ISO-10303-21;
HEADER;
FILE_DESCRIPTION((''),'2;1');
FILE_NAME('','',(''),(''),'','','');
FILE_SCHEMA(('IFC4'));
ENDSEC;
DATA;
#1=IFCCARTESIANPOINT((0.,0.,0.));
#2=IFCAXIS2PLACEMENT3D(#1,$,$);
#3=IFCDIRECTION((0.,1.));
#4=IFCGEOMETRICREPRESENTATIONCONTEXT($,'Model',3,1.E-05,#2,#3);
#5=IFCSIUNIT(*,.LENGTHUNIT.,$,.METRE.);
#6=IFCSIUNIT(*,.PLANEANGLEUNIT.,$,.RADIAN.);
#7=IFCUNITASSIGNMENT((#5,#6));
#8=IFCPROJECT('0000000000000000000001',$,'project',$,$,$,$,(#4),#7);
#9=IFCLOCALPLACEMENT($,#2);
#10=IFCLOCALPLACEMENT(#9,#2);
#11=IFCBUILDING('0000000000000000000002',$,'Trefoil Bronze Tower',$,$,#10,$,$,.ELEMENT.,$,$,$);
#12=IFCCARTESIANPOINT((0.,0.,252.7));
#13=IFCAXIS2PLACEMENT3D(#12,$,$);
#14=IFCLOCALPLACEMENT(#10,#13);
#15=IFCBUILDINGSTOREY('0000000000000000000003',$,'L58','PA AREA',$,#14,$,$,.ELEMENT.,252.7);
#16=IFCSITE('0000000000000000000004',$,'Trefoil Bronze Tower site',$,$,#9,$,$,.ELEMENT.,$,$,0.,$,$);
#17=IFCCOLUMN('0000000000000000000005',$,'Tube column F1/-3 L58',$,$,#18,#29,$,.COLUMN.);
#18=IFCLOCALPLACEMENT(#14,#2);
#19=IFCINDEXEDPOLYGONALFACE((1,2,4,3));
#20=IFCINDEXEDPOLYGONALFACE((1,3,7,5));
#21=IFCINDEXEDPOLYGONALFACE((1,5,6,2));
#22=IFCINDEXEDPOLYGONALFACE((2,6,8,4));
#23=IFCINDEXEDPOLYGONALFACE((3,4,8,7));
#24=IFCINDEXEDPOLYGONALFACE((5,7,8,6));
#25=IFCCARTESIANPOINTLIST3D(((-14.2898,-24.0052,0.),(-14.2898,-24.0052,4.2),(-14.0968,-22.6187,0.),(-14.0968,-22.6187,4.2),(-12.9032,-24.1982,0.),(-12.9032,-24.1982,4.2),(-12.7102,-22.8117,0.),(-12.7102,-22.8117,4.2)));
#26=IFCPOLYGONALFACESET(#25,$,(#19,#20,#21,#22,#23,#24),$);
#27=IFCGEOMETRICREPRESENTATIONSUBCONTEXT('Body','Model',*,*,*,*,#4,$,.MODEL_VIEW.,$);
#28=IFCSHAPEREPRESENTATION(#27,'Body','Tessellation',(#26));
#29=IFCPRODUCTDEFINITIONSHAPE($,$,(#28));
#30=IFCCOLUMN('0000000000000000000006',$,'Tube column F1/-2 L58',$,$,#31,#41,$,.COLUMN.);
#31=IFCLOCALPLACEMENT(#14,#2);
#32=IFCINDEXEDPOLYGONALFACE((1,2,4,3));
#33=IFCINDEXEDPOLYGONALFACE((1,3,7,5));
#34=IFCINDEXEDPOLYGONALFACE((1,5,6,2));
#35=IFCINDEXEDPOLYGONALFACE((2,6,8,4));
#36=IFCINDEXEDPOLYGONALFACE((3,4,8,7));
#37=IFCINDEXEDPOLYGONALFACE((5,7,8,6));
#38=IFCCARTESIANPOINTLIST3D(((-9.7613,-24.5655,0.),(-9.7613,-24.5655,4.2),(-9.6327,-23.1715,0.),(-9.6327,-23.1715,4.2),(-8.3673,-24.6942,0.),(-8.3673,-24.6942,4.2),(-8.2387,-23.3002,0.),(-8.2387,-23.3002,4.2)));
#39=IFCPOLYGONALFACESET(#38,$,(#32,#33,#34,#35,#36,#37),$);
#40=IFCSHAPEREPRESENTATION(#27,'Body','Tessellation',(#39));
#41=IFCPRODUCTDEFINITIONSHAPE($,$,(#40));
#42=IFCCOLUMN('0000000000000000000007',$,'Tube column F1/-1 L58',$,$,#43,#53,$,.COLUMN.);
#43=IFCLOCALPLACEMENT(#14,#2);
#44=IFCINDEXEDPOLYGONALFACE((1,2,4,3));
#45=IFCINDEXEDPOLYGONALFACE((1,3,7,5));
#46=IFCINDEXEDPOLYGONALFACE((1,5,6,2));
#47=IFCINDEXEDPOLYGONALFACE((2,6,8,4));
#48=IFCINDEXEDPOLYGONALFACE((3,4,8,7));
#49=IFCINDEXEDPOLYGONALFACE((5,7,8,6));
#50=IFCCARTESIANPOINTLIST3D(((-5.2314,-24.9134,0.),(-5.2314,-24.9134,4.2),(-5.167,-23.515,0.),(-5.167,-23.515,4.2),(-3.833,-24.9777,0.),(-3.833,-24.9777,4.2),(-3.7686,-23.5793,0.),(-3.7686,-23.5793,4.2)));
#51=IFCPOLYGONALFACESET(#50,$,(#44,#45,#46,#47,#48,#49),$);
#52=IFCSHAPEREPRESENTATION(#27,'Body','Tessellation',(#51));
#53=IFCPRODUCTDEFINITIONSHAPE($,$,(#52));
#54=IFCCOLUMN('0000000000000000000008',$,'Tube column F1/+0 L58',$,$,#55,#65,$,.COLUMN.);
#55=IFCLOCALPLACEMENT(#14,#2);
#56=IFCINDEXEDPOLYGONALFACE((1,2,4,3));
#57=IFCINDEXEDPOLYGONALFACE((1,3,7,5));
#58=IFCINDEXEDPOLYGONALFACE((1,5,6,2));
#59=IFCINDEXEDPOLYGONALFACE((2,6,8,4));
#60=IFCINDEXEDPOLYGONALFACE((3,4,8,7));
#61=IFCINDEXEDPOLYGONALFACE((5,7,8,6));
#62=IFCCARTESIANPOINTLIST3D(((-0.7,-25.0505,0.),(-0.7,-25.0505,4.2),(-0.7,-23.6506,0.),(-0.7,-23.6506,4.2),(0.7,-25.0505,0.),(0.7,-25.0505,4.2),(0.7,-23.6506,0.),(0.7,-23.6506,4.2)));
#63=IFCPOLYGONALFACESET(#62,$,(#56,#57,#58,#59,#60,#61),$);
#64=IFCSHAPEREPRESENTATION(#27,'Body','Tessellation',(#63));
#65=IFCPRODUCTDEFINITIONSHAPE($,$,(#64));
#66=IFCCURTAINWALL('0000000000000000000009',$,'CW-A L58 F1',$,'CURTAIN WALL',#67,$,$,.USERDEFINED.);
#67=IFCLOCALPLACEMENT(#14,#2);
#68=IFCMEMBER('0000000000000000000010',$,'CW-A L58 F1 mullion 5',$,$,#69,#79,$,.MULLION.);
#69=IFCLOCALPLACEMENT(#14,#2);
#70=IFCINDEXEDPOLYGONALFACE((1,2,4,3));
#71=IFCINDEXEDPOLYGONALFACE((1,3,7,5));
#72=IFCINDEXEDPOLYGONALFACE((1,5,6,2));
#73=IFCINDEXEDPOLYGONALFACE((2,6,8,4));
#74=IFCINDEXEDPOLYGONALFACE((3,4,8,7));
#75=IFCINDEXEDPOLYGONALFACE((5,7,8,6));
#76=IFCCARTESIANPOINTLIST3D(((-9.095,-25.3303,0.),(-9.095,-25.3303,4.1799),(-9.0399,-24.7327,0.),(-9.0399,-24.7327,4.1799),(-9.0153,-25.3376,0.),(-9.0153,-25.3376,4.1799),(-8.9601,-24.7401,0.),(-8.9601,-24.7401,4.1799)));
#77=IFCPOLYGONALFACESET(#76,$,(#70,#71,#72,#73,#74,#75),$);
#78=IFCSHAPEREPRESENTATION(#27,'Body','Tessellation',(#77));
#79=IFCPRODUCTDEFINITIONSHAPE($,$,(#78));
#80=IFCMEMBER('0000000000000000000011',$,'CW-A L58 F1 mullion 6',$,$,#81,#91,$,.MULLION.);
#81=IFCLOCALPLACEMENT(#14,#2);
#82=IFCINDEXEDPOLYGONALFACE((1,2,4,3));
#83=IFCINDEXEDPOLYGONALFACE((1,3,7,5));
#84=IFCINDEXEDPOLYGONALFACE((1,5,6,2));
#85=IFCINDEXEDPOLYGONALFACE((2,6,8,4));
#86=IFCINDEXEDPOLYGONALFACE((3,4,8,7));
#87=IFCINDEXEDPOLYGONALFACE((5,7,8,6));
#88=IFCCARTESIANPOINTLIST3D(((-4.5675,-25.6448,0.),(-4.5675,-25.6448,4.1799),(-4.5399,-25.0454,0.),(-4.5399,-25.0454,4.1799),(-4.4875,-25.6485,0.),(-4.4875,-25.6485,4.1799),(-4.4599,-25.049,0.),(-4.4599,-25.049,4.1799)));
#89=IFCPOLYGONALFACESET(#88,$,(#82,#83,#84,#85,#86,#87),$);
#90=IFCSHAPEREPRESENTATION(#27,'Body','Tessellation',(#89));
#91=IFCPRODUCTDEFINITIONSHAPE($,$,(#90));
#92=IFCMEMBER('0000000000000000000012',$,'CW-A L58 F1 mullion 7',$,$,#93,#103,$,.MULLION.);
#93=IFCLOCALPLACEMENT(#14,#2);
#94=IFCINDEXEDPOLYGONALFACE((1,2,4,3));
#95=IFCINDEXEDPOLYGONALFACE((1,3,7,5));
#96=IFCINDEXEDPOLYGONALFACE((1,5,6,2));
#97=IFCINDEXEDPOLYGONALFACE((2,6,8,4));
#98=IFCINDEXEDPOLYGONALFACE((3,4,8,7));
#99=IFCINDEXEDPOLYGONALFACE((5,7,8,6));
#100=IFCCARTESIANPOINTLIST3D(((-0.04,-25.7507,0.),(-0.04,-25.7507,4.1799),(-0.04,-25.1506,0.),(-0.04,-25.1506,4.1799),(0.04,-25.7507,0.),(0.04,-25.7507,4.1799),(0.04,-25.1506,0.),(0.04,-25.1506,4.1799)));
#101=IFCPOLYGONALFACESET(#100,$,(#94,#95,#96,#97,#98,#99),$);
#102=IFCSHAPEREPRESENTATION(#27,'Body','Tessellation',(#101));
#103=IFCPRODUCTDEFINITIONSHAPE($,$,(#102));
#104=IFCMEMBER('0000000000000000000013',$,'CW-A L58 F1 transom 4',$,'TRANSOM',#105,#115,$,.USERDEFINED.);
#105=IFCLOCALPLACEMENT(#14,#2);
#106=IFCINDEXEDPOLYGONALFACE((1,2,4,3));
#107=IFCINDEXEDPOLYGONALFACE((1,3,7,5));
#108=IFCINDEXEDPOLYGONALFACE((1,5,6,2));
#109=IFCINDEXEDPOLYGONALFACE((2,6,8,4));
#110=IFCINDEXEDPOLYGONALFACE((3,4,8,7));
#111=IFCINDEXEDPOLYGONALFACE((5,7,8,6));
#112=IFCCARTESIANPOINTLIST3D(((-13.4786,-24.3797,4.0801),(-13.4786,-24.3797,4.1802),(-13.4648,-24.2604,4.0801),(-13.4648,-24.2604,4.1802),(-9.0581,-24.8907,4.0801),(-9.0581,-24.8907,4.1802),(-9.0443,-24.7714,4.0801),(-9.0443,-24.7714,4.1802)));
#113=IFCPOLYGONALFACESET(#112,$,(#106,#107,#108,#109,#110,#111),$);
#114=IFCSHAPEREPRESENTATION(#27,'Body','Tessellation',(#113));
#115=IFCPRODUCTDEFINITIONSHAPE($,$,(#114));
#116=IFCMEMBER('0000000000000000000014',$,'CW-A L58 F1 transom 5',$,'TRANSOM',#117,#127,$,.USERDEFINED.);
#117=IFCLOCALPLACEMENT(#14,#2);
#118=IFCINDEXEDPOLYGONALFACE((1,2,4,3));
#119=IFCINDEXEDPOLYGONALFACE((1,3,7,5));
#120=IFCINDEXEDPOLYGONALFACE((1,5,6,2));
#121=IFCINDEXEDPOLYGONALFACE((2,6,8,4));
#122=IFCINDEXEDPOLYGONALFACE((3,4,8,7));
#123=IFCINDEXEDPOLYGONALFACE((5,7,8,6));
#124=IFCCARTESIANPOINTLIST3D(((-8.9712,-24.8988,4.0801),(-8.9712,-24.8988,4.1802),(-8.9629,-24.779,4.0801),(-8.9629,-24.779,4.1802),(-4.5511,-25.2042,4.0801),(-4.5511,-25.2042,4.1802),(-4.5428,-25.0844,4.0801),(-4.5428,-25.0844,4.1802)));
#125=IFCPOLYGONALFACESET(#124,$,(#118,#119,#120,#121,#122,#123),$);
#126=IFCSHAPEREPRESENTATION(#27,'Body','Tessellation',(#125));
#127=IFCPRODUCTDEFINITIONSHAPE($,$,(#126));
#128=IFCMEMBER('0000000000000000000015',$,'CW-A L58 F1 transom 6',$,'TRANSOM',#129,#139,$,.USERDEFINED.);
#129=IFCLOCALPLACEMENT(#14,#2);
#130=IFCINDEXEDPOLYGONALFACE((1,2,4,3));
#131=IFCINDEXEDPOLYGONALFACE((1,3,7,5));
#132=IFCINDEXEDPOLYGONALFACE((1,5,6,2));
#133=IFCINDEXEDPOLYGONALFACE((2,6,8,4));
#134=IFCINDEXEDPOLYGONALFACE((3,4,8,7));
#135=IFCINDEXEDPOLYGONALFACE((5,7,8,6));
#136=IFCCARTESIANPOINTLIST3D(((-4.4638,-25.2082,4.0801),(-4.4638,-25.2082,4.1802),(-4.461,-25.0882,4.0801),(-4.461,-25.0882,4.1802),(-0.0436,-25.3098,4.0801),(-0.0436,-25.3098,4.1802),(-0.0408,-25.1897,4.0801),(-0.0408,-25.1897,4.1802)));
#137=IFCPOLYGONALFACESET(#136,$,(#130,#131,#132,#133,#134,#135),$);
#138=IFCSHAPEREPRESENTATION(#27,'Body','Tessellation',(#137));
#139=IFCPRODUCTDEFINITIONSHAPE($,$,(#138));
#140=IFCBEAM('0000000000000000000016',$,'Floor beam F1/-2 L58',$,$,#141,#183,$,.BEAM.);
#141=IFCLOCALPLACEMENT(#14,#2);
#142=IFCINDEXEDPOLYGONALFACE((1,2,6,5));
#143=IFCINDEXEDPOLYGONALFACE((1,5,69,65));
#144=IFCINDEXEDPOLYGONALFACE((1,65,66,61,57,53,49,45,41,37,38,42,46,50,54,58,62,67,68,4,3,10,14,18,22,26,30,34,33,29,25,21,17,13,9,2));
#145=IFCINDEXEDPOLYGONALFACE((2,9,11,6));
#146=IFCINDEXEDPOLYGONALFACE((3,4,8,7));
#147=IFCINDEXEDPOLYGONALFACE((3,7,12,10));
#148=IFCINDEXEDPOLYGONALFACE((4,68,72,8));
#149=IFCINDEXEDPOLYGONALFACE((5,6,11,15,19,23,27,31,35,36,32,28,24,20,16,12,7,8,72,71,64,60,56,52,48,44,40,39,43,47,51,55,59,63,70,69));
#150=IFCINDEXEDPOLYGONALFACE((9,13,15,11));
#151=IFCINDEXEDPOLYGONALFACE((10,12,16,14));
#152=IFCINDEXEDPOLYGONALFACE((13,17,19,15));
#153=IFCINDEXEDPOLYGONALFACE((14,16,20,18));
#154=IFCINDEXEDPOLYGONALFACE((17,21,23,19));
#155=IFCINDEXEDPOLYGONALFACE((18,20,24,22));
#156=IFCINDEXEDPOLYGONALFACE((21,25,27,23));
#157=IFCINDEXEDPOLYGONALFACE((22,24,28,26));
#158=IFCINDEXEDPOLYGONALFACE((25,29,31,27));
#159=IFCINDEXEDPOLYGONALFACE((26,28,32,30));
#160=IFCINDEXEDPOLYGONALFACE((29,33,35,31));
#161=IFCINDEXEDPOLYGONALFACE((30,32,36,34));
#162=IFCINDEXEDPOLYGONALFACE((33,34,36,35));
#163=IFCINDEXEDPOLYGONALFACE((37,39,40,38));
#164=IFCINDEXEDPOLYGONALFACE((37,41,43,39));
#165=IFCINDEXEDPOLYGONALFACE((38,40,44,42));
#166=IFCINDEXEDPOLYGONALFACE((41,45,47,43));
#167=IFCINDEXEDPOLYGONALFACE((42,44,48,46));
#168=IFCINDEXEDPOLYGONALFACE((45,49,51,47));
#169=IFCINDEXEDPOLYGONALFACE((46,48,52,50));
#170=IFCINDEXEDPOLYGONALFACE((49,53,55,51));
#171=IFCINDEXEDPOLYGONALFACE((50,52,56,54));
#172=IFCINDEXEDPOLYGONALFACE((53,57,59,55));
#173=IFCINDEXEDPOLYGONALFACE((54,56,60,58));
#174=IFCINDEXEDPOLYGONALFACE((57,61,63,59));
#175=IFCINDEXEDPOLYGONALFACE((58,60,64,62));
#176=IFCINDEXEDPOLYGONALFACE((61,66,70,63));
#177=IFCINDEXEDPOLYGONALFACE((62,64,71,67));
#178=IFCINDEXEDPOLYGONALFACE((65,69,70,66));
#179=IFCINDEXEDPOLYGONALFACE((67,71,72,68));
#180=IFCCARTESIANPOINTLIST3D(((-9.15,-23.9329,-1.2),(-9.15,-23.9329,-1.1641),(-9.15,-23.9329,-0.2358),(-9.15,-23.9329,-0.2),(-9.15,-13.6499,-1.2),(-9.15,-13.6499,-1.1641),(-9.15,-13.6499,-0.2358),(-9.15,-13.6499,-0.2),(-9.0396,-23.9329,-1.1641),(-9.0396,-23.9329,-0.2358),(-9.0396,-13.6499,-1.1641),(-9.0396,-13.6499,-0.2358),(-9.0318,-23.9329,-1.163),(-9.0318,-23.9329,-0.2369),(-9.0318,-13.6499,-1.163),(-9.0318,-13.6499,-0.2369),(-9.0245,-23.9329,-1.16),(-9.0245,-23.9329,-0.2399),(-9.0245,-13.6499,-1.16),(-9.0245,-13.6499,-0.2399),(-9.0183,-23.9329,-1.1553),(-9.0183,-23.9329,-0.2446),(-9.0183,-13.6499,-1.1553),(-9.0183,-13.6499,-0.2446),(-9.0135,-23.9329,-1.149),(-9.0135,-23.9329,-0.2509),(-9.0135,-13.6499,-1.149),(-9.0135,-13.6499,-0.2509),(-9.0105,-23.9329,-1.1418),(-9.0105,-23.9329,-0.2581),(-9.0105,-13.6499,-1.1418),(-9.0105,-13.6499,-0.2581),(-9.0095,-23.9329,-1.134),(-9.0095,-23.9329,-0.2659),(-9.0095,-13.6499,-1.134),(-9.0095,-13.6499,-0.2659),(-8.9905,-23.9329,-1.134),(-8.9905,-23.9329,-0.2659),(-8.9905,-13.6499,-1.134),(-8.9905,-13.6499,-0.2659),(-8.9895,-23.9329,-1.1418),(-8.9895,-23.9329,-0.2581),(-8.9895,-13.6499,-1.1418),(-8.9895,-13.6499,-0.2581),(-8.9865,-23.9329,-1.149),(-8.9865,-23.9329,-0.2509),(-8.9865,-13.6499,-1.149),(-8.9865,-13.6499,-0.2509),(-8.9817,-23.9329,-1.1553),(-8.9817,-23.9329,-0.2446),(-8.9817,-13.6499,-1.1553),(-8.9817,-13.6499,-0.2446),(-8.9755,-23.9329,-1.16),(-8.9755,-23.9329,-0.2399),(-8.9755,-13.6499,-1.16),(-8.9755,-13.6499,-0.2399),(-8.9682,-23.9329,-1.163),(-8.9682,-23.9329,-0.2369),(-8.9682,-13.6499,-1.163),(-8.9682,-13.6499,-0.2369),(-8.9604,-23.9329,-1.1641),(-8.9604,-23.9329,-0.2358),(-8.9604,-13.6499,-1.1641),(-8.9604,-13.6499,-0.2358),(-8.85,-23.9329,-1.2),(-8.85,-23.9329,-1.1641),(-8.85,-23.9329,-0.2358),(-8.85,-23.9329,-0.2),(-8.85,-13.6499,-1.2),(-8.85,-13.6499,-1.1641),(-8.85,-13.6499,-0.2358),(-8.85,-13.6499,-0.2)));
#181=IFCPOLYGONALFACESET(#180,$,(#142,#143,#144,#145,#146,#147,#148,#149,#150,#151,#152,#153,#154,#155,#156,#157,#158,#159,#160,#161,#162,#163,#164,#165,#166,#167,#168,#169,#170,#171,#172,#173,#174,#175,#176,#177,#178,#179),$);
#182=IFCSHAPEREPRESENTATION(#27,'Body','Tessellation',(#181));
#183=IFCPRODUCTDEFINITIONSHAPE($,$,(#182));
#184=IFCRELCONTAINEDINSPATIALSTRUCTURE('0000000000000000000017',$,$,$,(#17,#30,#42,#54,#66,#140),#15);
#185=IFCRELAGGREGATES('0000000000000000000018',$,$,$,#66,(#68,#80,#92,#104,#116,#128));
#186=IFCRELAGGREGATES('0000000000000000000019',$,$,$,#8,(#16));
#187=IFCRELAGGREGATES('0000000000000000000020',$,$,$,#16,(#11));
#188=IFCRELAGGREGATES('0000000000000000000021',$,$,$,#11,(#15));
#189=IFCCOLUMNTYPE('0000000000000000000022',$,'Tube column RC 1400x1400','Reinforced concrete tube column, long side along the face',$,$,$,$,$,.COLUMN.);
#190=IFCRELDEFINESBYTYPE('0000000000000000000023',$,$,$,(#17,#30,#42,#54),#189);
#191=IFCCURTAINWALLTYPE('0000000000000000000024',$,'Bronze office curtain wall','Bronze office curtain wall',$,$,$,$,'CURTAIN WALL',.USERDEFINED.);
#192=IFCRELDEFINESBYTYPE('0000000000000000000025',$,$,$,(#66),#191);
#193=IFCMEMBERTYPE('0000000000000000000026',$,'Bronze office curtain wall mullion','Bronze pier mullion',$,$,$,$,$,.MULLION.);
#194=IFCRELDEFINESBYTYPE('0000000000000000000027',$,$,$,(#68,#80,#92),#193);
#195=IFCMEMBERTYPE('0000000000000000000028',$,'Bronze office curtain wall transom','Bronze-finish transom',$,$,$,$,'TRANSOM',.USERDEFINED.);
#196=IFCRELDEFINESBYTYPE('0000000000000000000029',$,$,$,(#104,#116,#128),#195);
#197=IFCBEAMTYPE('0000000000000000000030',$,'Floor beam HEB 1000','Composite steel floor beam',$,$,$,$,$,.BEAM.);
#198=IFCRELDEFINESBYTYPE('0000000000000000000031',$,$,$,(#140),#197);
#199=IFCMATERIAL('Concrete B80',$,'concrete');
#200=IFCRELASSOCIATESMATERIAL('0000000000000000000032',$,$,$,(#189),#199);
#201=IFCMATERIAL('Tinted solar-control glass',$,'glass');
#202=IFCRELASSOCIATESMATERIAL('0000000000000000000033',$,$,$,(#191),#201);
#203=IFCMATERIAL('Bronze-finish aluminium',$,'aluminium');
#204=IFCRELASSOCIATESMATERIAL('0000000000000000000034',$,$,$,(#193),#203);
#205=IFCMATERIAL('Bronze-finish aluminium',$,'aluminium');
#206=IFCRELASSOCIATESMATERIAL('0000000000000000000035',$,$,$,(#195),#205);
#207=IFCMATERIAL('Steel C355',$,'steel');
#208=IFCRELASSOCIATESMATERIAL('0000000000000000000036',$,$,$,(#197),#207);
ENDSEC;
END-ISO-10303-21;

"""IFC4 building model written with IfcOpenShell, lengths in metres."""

from ifc_helpers import new_model, si_unit, direction, frame, origin, origin_2d, place, context, subcontext, project, spatial, rectangle, i_section, extrude, material, material_profile, profile_set, type_object, element, aggregate, save


model = new_model("IFC4")

# Units and contexts
model_context = context("Model", 3, precision=1e-05, world=origin(), true_north=direction((0.0, 1.0)))
body_context = subcontext(model_context, "Body", "Model", "MODEL_VIEW")
ifc_project = project(units=[si_unit("LENGTHUNIT", "METRE"), si_unit("PLANEANGLEUNIT", "RADIAN")], contexts=[model_context])

# Site, building, storey
site_placement = place(None, origin())
site = spatial("IfcSite", under=ifc_project, at=site_placement, Name="Trefoil Bronze Tower site", CompositionType="ELEMENT", RefElevation=0.0)
building_placement = place(site_placement, origin())
building = spatial("IfcBuilding", under=site, at=building_placement, Name="Trefoil Bronze Tower", CompositionType="ELEMENT")
storey_placement = place(building_placement, frame((0.0, 0.0, 252.7)))
storey = spatial("IfcBuildingStorey", under=building, at=storey_placement, Name="L58", Description="PA AREA", CompositionType="ELEMENT", Elevation=252.7)

# Columns
ifc_material_1 = material(Name="Concrete B80", Category="concrete")
ifc_material_profile_1 = material_profile(ifc_material_1, rectangle(XDim=1.3999, YDim=1.3999, at=origin_2d()), Name="RC 1400x1400")
ifc_profile_set_1 = profile_set([ifc_material_profile_1], Name="Concrete B80")
column_type = type_object("IfcColumnType", Name="Tube column RC 1400x1400", Description="Reinforced concrete tube column, long side along the face", PredefinedType="COLUMN", material=ifc_profile_set_1)
for number, where, z_axis, x_axis, name in (
    (1, (-13.5, -23.4084, 0.0), (0.0, 0.0, 1.0), (0.990451, -0.137868, 0.0), "Tube column F1/-3 L58"),
    (2, (-9.0, -23.9329, 0.0), (0.0, 0.0, 1.0), (0.995767, -0.091911, 0.0), "Tube column F1/-2 L58"),
    (3, (-4.5, -24.2463, 0.0), (0.0, 0.0, 1.0), (0.998943, -0.045956, 0.0), "Tube column F1/-1 L58"),
    (4, (0.0, -24.3506, 0.0), (0.0, 0.0, 1.0), (1.0, 0.0, 0.0), "Tube column F1/+0 L58"),
):
    element("IfcColumn", number, at=place(storey_placement, frame(where, z_axis=z_axis, x_axis=x_axis)), inside=storey, type_object=column_type, Name=name, PredefinedType="COLUMN", context=body_context, shape_type="SweptSolid", body=[
        extrude(rectangle(XDim=1.3999, YDim=1.3999, at=origin_2d()), origin(), (0.0, 0.0, 1.0), 4.2),
    ])

# Curtain wall, members
ifc_material_2 = material(Name="Tinted solar-control glass", Category="glass")
curtain_wall_type = type_object("IfcCurtainWallType", Name="Bronze office curtain wall", Description="Bronze office curtain wall", ElementType="CURTAIN WALL", PredefinedType="USERDEFINED", material=ifc_material_2)
curtain_wall_placement = place(storey_placement, origin())
curtain_wall = element("IfcCurtainWall", 5, at=curtain_wall_placement, inside=storey, type_object=curtain_wall_type, Name="CW-A L58 F1", ObjectType="CURTAIN WALL", PredefinedType="USERDEFINED")
ifc_material_3 = material(Name="Bronze-finish aluminium", Category="aluminium")
ifc_material_profile_2 = material_profile(ifc_material_3, rectangle(XDim=0.6001, YDim=0.0801, at=origin_2d()), Name="CW-A mullion")
ifc_profile_set_2 = profile_set([ifc_material_profile_2], Name="Bronze-finish aluminium")
member_type_1 = type_object("IfcMemberType", Name="Bronze office curtain wall mullion", Description="Bronze pier mullion", PredefinedType="MULLION", material=ifc_profile_set_2)
member_1_placement = place(storey_placement, frame((-9.0276, -25.0352, 0.0), z_axis=(0.0, 0.0, 1.0), x_axis=(0.091911, 0.995767, 0.0)))
member_1 = element("IfcMember", 6, at=member_1_placement, type_object=member_type_1, Name="CW-A L58 F1 mullion 5", PredefinedType="MULLION", context=body_context, shape_type="SweptSolid", body=[
    extrude(rectangle(XDim=0.6001, YDim=0.0801, at=origin_2d()), origin(), (0.0, 0.0, 1.0), 4.1799),
])
member_2_placement = place(storey_placement, frame((-4.5137, -25.3469, 0.0), z_axis=(0.0, 0.0, 1.0), x_axis=(0.045956, 0.998943, 0.0)))
member_2 = element("IfcMember", 7, at=member_2_placement, type_object=member_type_1, Name="CW-A L58 F1 mullion 6", PredefinedType="MULLION", context=body_context, shape_type="SweptSolid", body=[
    extrude(rectangle(XDim=0.6001, YDim=0.0801, at=origin_2d()), origin(), (0.0, 0.0, 1.0), 4.1799),
])
member_3_placement = place(storey_placement, frame((0.0, -25.4507, 0.0), z_axis=(0.0, 0.0, 1.0), x_axis=(0.0, 1.0, 0.0)))
member_3 = element("IfcMember", 8, at=member_3_placement, type_object=member_type_1, Name="CW-A L58 F1 mullion 7", PredefinedType="MULLION", context=body_context, shape_type="SweptSolid", body=[
    extrude(rectangle(XDim=0.6001, YDim=0.0801, at=origin_2d()), origin(), (0.0, 0.0, 1.0), 4.1799),
])
ifc_material_4 = material(Name="Bronze-finish aluminium", Category="aluminium")
ifc_material_profile_3 = material_profile(ifc_material_4, rectangle(XDim=0.1201, YDim=0.1001, at=origin_2d()), Name="CW-A transom")
ifc_profile_set_3 = profile_set([ifc_material_profile_3], Name="Bronze-finish aluminium")
member_type_2 = type_object("IfcMemberType", Name="Bronze office curtain wall transom", Description="Bronze-finish transom", ElementType="TRANSOM", PredefinedType="USERDEFINED", material=ifc_profile_set_3)
member_4_placement = place(storey_placement, frame((-13.4717, -24.3201, 4.1301), z_axis=(0.993385, -0.114832, 0.0), x_axis=(0.114832, 0.993385, 0.0)))
member_4 = element("IfcMember", 9, at=member_4_placement, type_object=member_type_2, Name="CW-A L58 F1 transom 4", ObjectType="TRANSOM", PredefinedType="USERDEFINED", context=body_context, shape_type="SweptSolid", body=[
    extrude(rectangle(XDim=0.1201, YDim=0.1001, at=origin_2d()), origin(), (0.0, 0.0, 1.0), 4.45),
])
member_5_placement = place(storey_placement, frame((-8.967, -24.8389, 4.1301), z_axis=(0.997621, -0.068933, 0.0), x_axis=(0.068933, 0.997621, 0.0)))
member_5 = element("IfcMember", 10, at=member_5_placement, type_object=member_type_2, Name="CW-A L58 F1 transom 5", ObjectType="TRANSOM", PredefinedType="USERDEFINED", context=body_context, shape_type="SweptSolid", body=[
    extrude(rectangle(XDim=0.1201, YDim=0.1001, at=origin_2d()), origin(), (0.0, 0.0, 1.0), 4.4307),
])
member_6_placement = place(storey_placement, frame((-4.4624, -25.1482, 4.1301), z_axis=(0.999736, -0.022971, 0.0), x_axis=(0.022971, 0.999736, 0.0)))
member_6 = element("IfcMember", 11, at=member_6_placement, type_object=member_type_2, Name="CW-A L58 F1 transom 6", ObjectType="TRANSOM", PredefinedType="USERDEFINED", context=body_context, shape_type="SweptSolid", body=[
    extrude(rectangle(XDim=0.1201, YDim=0.1001, at=origin_2d()), origin(), (0.0, 0.0, 1.0), 4.4214),
])

# Beam
ifc_material_5 = material(Name="Steel C355", Category="steel")
ifc_material_profile_4 = material_profile(ifc_material_5, i_section(OverallWidth=0.3, OverallDepth=1.0, WebThickness=0.019, FlangeThickness=0.0359, FilletRadius=0.03, at=origin_2d()), Name="HEB 1000")
ifc_profile_set_4 = profile_set([ifc_material_profile_4], Name="Steel C355")
beam_type_1 = type_object("IfcBeamType", Name="Floor beam HEB 1000", Description="Composite steel floor beam", PredefinedType="BEAM", material=ifc_profile_set_4)
beam_1_placement = place(storey_placement, frame((-9.0, -23.9329, -0.7), z_axis=(0.0, 1.0, 0.0), x_axis=(-1.0, 0.0, 0.0)))
element("IfcBeam", 12, at=beam_1_placement, inside=storey, type_object=beam_type_1, Name="Floor beam F1/-2 L58", PredefinedType="BEAM", context=body_context, shape_type="SweptSolid", body=[
    extrude(i_section(OverallWidth=0.3, OverallDepth=1.0, WebThickness=0.019, FlangeThickness=0.0359, FilletRadius=0.03, at=origin_2d()), origin(), (0.0, 0.0, 1.0), 10.283),
])

aggregate(curtain_wall, [member_1, member_2, member_3, member_4, member_5, member_6])

save(model, "model.ifc")
